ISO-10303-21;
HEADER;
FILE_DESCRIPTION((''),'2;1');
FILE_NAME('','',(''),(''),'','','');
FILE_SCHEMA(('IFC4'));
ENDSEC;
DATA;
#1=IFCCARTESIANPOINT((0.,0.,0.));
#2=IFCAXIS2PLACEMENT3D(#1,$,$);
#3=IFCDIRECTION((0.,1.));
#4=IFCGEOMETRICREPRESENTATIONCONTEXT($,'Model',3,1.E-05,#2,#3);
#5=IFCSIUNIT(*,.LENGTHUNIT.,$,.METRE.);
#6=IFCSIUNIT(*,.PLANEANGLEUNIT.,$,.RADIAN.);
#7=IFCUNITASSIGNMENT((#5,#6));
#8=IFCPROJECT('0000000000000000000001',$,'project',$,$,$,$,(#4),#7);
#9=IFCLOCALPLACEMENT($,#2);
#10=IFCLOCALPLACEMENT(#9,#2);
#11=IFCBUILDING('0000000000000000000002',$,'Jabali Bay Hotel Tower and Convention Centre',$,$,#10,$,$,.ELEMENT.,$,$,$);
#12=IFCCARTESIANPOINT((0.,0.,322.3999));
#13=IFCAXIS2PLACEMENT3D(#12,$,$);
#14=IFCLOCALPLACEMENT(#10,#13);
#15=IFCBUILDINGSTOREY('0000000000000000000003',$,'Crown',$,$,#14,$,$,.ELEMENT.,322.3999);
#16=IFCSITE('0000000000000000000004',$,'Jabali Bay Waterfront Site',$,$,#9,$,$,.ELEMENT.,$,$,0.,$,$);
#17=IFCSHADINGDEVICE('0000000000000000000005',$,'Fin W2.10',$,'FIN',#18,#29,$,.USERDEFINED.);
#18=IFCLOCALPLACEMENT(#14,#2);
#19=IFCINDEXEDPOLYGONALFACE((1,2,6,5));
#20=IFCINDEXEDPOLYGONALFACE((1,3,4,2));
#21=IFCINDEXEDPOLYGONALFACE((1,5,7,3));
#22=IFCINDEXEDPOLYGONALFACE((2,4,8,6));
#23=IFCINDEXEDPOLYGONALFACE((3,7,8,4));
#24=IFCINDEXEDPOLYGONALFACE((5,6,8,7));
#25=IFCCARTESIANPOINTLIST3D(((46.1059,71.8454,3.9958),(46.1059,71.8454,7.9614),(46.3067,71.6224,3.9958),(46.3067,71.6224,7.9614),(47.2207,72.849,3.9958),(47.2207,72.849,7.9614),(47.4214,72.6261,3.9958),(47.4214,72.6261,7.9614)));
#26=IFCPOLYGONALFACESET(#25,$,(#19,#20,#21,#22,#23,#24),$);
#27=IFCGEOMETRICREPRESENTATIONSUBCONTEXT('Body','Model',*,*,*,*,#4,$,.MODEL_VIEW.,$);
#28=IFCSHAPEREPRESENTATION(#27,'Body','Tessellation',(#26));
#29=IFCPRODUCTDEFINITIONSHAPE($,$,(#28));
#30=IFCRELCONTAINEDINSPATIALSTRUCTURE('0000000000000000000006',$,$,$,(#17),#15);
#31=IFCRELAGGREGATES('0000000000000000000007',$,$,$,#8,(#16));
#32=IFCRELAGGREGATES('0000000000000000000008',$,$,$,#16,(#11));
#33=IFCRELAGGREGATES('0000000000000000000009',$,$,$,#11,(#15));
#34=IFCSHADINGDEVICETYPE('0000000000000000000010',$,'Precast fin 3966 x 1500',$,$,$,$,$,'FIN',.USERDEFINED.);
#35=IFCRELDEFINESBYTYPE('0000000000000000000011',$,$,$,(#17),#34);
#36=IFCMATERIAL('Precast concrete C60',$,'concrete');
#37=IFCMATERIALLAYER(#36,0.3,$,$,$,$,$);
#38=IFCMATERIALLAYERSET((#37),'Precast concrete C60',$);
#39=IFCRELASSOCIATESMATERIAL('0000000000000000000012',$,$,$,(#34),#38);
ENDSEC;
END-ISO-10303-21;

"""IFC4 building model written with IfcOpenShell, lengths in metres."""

from ifc_helpers import new_model, si_unit, direction, frame, frame_2d, origin, place, context, subcontext, project, spatial, rectangle, extrude, material, layer, layer_set, type_object, element, save


model = new_model("IFC4")

# Units and contexts
model_context = context("Model", 3, precision=1e-05, world=origin(), true_north=direction((0.0, 1.0)))
body_context = subcontext(model_context, "Body", "Model", "MODEL_VIEW")
ifc_project = project(units=[si_unit("LENGTHUNIT", "METRE"), si_unit("PLANEANGLEUNIT", "RADIAN")], contexts=[model_context])

# Site, building, storey
site_placement = place(None, origin())
site = spatial("IfcSite", under=ifc_project, at=site_placement, Name="Jabali Bay Waterfront Site", CompositionType="ELEMENT", RefElevation=0.0)
building_placement = place(site_placement, origin())
building = spatial("IfcBuilding", under=site, at=building_placement, Name="Jabali Bay Hotel Tower and Convention Centre", CompositionType="ELEMENT")
storey_placement = place(building_placement, frame((0.0, 0.0, 322.3999)))
storey = spatial("IfcBuildingStorey", under=building, at=storey_placement, Name="Crown", CompositionType="ELEMENT", Elevation=322.3999)

# Shading device
ifc_material_1 = material(Name="Precast concrete C60", Category="concrete")
ifc_layer = layer(ifc_material_1, 0.3)
ifc_layer_set = layer_set([ifc_layer], Name="Precast concrete C60")
shading_device_type = type_object("IfcShadingDeviceType", Name="Precast fin 3966 x 1500", ElementType="FIN", PredefinedType="USERDEFINED", material=ifc_layer_set)
shading_device_1_placement = place(storey_placement, frame((47.321, 72.7375, 3.9958), z_axis=(0.0, 0.0, 1.0), x_axis=(-0.743165, -0.669109, 0.0)))
element("IfcShadingDevice", 1, at=shading_device_1_placement, inside=storey, type_object=shading_device_type, Name="Fin W2.10", ObjectType="FIN", PredefinedType="USERDEFINED", context=body_context, shape_type="SweptSolid", body=[
    extrude(rectangle(XDim=1.5, YDim=0.3, at=frame_2d((0.75, 0.0))), origin(), (0.0, 0.0, 1.0), 3.9656),
])

save(model, "model.ifc")
